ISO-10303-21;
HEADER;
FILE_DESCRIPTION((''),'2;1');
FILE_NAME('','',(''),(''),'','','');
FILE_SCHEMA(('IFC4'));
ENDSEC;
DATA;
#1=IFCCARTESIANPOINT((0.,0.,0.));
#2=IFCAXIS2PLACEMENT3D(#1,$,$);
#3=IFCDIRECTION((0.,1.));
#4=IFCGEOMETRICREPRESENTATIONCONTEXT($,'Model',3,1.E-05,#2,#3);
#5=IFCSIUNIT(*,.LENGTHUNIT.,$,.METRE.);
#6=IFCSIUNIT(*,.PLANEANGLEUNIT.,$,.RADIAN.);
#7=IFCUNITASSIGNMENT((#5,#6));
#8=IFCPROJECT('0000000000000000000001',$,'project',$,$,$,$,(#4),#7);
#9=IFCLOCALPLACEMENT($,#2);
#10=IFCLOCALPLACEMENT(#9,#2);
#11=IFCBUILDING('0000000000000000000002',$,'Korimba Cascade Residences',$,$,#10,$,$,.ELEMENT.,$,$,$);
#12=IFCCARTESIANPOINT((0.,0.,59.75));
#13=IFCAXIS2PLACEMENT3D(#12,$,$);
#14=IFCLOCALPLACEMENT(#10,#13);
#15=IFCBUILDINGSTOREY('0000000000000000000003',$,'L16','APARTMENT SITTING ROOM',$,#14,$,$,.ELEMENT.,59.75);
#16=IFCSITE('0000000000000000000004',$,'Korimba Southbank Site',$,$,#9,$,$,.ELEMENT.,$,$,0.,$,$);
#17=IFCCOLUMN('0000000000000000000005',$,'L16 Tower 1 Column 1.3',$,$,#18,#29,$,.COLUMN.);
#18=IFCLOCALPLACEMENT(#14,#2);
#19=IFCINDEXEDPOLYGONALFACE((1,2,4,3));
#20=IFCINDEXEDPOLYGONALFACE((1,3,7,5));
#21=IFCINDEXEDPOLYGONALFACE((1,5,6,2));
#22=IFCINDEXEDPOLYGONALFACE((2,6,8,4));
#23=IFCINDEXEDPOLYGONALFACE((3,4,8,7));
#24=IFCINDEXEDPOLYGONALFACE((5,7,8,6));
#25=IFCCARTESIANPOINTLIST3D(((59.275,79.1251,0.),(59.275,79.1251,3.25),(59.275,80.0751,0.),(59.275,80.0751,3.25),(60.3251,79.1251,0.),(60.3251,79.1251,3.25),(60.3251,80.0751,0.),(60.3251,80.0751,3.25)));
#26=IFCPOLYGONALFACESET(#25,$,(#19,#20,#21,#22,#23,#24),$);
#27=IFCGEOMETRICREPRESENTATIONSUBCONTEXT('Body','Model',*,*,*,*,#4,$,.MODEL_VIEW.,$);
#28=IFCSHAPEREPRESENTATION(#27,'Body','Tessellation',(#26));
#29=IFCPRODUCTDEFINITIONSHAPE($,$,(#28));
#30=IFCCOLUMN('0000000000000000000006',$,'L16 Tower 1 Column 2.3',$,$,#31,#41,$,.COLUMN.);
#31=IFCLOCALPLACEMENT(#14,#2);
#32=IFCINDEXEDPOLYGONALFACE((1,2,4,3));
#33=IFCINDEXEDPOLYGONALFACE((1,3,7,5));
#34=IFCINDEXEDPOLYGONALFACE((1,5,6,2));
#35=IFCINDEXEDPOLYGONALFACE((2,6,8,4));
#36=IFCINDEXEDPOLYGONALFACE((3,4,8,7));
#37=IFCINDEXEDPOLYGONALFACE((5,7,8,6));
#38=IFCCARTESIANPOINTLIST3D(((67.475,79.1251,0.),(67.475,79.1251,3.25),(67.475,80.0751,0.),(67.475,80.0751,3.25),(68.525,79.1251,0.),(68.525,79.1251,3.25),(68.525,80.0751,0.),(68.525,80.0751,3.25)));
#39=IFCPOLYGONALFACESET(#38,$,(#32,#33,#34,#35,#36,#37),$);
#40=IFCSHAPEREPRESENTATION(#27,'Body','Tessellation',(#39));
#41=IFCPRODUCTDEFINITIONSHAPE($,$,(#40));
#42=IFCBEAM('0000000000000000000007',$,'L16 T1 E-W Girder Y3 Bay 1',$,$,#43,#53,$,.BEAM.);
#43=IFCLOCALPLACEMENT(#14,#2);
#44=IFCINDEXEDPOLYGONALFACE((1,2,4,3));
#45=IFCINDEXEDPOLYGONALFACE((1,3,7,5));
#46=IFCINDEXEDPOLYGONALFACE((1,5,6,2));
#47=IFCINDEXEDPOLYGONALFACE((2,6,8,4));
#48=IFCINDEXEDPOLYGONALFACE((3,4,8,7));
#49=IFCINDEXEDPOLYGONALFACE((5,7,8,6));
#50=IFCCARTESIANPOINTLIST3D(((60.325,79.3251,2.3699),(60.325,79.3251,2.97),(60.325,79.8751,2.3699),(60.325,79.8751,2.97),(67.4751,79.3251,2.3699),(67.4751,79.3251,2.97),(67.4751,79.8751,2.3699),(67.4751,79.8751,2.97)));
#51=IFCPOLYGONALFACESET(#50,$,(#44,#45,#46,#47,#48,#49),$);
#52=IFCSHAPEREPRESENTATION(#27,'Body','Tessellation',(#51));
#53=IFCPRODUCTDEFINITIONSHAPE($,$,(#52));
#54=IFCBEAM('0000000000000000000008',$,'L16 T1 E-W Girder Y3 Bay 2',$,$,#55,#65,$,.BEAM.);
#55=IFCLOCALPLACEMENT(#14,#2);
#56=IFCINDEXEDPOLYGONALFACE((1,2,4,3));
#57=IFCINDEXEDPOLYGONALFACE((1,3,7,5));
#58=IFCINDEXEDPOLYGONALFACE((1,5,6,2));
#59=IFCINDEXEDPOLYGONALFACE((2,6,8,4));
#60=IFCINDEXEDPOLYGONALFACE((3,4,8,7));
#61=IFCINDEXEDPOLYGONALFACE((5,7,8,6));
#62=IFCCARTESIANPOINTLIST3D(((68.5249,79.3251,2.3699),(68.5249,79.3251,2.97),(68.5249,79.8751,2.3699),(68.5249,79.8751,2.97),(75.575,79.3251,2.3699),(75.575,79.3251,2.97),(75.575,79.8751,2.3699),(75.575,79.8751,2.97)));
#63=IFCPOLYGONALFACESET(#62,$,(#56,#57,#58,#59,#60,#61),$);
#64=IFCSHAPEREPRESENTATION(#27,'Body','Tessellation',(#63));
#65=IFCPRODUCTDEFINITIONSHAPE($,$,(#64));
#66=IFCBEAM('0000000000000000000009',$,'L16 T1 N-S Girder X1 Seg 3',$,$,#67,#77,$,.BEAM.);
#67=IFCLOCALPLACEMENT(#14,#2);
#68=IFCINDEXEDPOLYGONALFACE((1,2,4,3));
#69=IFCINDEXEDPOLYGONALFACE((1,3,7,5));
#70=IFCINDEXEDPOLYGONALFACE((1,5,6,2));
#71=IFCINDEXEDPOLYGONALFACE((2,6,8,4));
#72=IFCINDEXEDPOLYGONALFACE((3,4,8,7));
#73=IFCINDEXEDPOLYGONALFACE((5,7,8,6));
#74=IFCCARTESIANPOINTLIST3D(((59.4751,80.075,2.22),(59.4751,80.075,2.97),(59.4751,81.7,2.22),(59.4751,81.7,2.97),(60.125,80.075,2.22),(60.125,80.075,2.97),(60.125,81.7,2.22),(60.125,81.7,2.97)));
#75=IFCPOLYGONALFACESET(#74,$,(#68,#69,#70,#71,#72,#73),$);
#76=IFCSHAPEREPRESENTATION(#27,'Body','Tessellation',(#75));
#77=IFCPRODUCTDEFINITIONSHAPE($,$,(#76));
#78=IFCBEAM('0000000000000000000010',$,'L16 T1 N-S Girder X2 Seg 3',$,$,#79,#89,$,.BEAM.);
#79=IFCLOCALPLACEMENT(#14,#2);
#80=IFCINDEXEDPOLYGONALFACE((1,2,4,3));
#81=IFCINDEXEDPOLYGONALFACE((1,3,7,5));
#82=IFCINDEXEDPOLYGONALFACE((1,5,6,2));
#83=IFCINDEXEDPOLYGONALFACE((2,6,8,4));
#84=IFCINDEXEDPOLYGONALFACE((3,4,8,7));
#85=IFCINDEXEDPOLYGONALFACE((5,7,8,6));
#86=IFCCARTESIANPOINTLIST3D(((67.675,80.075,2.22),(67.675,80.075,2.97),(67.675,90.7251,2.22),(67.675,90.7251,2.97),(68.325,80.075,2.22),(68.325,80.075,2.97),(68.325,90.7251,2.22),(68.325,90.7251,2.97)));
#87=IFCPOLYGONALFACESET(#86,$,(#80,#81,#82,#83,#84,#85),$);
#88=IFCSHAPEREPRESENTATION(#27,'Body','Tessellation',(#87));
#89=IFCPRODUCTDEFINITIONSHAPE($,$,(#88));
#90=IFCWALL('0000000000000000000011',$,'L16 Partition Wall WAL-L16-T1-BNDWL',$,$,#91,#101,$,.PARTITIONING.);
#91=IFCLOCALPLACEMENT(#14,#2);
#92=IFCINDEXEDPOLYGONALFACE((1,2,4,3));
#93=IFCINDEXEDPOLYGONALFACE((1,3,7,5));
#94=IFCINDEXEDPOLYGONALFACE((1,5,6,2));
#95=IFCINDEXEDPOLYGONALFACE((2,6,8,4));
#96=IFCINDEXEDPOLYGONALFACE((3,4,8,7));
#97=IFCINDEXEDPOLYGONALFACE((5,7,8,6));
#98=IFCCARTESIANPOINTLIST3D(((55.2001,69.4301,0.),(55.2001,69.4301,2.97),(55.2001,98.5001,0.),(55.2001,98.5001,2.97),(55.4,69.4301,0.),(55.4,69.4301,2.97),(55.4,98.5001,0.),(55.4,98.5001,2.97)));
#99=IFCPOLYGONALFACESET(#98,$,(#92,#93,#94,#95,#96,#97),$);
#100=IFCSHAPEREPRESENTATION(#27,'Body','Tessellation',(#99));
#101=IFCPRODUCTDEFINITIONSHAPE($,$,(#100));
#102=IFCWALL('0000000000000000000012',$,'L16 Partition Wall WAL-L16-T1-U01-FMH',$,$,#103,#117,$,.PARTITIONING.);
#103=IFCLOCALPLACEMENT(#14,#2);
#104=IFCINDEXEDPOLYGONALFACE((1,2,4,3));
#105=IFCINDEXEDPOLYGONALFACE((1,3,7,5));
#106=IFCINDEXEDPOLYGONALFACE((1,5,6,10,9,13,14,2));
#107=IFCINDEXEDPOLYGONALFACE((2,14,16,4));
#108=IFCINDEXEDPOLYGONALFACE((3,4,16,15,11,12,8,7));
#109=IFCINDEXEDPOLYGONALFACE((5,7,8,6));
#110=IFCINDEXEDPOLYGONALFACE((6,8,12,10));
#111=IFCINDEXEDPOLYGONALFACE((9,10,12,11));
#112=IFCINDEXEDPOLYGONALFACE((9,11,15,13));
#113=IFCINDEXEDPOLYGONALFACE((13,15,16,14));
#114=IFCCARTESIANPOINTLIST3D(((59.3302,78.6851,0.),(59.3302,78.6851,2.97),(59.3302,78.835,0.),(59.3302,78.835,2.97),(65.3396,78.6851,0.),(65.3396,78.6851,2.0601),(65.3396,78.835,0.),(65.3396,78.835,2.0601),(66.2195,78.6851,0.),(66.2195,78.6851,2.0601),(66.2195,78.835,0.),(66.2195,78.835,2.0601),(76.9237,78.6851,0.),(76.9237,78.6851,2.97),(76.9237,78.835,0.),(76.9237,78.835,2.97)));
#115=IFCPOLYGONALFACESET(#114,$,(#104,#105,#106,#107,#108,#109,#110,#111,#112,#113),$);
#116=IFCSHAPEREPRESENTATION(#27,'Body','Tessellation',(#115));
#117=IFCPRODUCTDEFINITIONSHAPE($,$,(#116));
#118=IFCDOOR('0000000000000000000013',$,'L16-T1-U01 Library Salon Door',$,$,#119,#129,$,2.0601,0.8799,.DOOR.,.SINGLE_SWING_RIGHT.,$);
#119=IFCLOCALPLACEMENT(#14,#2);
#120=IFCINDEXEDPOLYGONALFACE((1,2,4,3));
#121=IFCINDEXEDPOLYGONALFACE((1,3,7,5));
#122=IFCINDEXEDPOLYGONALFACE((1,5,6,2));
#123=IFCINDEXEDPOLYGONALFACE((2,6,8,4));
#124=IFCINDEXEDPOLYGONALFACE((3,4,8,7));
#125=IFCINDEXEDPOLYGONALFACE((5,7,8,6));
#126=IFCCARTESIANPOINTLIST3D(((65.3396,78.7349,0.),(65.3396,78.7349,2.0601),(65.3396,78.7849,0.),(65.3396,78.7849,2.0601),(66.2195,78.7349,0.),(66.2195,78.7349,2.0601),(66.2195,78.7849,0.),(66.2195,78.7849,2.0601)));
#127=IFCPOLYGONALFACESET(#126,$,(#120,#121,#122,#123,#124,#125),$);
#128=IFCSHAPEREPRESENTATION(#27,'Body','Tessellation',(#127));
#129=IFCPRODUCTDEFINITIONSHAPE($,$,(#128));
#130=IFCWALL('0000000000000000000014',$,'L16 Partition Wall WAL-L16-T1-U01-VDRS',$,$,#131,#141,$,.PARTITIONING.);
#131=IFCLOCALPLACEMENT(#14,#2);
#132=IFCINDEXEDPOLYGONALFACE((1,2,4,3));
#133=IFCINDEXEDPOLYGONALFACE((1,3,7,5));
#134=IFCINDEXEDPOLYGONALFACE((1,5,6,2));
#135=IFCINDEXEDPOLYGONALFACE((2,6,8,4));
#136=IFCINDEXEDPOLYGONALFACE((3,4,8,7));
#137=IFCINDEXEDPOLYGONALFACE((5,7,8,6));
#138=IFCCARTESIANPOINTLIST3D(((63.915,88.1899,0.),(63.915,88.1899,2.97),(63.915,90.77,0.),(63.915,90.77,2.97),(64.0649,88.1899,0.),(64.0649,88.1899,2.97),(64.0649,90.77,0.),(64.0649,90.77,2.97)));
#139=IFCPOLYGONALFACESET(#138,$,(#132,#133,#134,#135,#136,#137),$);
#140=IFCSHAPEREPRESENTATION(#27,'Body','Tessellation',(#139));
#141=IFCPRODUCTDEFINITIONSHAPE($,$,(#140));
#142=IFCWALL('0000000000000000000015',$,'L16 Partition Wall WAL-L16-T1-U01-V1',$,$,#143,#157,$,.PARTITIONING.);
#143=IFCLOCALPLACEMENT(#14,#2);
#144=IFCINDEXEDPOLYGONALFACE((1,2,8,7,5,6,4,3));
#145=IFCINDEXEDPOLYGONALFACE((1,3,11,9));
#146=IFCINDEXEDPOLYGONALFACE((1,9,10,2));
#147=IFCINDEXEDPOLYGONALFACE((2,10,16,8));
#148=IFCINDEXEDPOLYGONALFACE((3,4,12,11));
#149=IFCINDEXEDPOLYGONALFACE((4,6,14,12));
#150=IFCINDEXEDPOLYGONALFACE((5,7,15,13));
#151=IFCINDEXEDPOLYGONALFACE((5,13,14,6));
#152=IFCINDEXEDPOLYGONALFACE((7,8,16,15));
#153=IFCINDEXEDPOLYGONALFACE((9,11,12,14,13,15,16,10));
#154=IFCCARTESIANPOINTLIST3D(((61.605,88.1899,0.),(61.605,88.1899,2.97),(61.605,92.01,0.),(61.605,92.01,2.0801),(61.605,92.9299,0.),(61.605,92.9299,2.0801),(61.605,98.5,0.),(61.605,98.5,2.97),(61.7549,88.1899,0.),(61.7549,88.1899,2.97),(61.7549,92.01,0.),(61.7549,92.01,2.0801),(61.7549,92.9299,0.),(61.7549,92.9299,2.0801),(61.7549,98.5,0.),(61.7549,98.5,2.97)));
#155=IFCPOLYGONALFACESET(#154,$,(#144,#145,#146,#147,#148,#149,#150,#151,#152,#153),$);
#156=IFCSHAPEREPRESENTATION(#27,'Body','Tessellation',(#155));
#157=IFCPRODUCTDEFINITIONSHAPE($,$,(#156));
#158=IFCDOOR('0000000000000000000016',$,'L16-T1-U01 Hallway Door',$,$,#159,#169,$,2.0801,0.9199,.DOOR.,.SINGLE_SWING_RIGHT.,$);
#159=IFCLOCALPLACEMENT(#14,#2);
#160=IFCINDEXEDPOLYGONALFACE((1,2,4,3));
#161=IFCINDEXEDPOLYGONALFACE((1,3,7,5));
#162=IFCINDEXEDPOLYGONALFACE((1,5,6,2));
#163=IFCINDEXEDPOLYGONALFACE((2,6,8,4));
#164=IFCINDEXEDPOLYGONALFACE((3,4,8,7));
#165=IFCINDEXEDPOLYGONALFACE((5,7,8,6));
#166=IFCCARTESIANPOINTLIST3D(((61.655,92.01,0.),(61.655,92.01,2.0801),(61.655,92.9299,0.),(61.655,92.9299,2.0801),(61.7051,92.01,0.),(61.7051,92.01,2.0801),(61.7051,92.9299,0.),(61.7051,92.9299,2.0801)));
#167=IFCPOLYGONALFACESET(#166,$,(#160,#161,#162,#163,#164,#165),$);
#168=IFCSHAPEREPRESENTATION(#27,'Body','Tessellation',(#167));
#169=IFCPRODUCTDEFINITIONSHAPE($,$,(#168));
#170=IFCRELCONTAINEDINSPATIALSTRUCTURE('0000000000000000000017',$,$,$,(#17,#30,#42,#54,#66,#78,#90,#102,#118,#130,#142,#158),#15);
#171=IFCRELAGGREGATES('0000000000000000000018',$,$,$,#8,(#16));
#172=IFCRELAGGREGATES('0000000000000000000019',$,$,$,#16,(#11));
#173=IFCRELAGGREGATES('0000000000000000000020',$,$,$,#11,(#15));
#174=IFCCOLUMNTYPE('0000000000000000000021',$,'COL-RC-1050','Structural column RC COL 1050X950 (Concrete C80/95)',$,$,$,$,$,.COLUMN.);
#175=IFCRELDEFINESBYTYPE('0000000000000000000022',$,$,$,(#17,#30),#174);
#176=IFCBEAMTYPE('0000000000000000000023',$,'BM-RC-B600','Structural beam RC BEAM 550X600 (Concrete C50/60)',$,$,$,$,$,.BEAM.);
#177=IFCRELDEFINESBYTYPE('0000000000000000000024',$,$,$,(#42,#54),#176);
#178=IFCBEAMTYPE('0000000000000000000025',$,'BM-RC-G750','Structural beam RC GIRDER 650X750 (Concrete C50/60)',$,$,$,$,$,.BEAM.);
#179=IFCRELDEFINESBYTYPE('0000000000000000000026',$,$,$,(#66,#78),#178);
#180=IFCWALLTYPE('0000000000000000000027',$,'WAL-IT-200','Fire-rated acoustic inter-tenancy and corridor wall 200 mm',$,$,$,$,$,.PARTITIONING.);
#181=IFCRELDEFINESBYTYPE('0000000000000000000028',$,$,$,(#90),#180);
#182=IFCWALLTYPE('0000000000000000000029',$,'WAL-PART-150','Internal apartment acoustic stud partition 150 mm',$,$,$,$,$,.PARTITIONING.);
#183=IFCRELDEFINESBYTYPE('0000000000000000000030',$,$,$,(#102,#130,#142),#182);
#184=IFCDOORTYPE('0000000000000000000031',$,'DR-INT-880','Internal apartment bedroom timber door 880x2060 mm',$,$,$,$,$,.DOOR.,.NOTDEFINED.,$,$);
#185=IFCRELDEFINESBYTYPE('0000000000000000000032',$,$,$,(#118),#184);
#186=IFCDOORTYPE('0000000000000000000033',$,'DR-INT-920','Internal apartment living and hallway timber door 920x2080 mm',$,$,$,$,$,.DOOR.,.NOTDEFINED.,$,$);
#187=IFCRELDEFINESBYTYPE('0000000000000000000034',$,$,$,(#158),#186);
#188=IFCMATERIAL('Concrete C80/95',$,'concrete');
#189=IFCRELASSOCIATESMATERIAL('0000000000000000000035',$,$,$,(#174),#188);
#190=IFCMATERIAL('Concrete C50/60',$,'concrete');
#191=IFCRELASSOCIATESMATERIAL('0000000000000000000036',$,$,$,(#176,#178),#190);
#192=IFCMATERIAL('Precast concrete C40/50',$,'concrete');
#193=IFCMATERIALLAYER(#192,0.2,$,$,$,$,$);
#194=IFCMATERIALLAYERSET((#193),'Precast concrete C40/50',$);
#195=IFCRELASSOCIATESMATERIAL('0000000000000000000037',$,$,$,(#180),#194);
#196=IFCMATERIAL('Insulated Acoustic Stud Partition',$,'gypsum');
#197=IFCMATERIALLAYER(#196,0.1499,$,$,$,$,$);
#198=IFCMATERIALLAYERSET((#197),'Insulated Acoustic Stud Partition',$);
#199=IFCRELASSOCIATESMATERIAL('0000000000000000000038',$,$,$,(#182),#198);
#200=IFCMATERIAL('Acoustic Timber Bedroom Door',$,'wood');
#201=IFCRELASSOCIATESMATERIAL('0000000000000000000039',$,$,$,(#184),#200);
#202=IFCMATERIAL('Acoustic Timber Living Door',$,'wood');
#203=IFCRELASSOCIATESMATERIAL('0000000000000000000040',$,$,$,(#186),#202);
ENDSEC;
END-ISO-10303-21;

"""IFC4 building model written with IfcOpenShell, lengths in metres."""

from ifc_helpers import new_model, si_unit, direction, frame, frame_2d, origin, origin_2d, place, context, subcontext, project, spatial, rectangle, extrude, material, layer, layer_set, material_profile, profile_set, type_object, element, fill, save


model = new_model("IFC4")

# Units and contexts
model_context = context("Model", 3, precision=1e-05, world=origin(), true_north=direction((0.0, 1.0)))
body_context = subcontext(model_context, "Body", "Model", "MODEL_VIEW")
ifc_project = project(units=[si_unit("LENGTHUNIT", "METRE"), si_unit("PLANEANGLEUNIT", "RADIAN")], contexts=[model_context])

# Site, building, storey
site_placement = place(None, origin())
site = spatial("IfcSite", under=ifc_project, at=site_placement, Name="Korimba Southbank Site", CompositionType="ELEMENT", RefElevation=0.0)
building_placement = place(site_placement, origin())
building = spatial("IfcBuilding", under=site, at=building_placement, Name="Korimba Cascade Residences", CompositionType="ELEMENT")
storey_placement = place(building_placement, frame((0.0, 0.0, 59.75)))
storey = spatial("IfcBuildingStorey", under=building, at=storey_placement, Name="L16", Description="APARTMENT SITTING ROOM", CompositionType="ELEMENT", Elevation=59.75)

# Columns
ifc_material_1 = material(Name="Concrete C80/95", Category="concrete")
ifc_material_profile_1 = material_profile(ifc_material_1, rectangle(XDim=1.05, YDim=0.95, at=origin_2d()), Name="Concrete C80/95")
ifc_profile_set_1 = profile_set([ifc_material_profile_1], Name="Concrete C80/95")
column_type = type_object("IfcColumnType", Name="COL-RC-1050", Description="Structural column RC COL 1050X950 (Concrete C80/95)", PredefinedType="COLUMN", material=ifc_profile_set_1)
for number, where, z_axis, x_axis, name in (
    (1, (59.8, 79.6001, 0.0), (0.0, 0.0, 1.0), (1.0, 0.0, 0.0), "L16 Tower 1 Column 1.3"),
    (2, (68.0, 79.6001, 0.0), (0.0, 0.0, 1.0), (1.0, 0.0, 0.0), "L16 Tower 1 Column 2.3"),
):
    element("IfcColumn", number, at=place(storey_placement, frame(where, z_axis=z_axis, x_axis=x_axis)), inside=storey, type_object=column_type, Name=name, PredefinedType="COLUMN", context=body_context, shape_type="SweptSolid", body=[
        extrude(rectangle(XDim=1.05, YDim=0.95, at=origin_2d()), origin(), (0.0, 0.0, 1.0), 3.25),
    ])

# Beams
ifc_material_2 = material(Name="Concrete C50/60", Category="concrete")
ifc_material_profile_2 = material_profile(ifc_material_2, rectangle(XDim=0.55, YDim=0.6001, at=origin_2d()), Name="Concrete C50/60")
ifc_profile_set_2 = profile_set([ifc_material_profile_2], Name="Concrete C50/60")
beam_type_1 = type_object("IfcBeamType", Name="BM-RC-B600", Description="Structural beam RC BEAM 550X600 (Concrete C50/60)", PredefinedType="BEAM", material=ifc_profile_set_2)
beam_1_placement = place(storey_placement, frame((60.325, 79.6001, 2.6699), z_axis=(1.0, 0.0, 0.0), x_axis=(0.0, 1.0, 0.0)))
element("IfcBeam", 3, at=beam_1_placement, inside=storey, type_object=beam_type_1, Name="L16 T1 E-W Girder Y3 Bay 1", PredefinedType="BEAM", context=body_context, shape_type="SweptSolid", body=[
    extrude(rectangle(XDim=0.55, YDim=0.6001, at=origin_2d()), origin(), (0.0, 0.0, 1.0), 7.1501),
])
beam_2_placement = place(storey_placement, frame((68.5249, 79.6001, 2.6699), z_axis=(1.0, 0.0, 0.0), x_axis=(0.0, 1.0, 0.0)))
element("IfcBeam", 4, at=beam_2_placement, inside=storey, type_object=beam_type_1, Name="L16 T1 E-W Girder Y3 Bay 2", PredefinedType="BEAM", context=body_context, shape_type="SweptSolid", body=[
    extrude(rectangle(XDim=0.55, YDim=0.6001, at=origin_2d()), origin(), (0.0, 0.0, 1.0), 7.05),
])
ifc_material_profile_3 = material_profile(ifc_material_2, rectangle(XDim=0.6499, YDim=0.75, at=origin_2d()), Name="Concrete C50/60")
ifc_profile_set_3 = profile_set([ifc_material_profile_3], Name="Concrete C50/60")
beam_type_2 = type_object("IfcBeamType", Name="BM-RC-G750", Description="Structural beam RC GIRDER 650X750 (Concrete C50/60)", PredefinedType="BEAM", material=ifc_profile_set_3)
beam_3_placement = place(storey_placement, frame((59.8, 80.075, 2.595), z_axis=(0.0, 1.0, 0.0), x_axis=(-1.0, 0.0, 0.0)))
element("IfcBeam", 5, at=beam_3_placement, inside=storey, type_object=beam_type_2, Name="L16 T1 N-S Girder X1 Seg 3", PredefinedType="BEAM", context=body_context, shape_type="SweptSolid", body=[
    extrude(rectangle(XDim=0.6499, YDim=0.75, at=origin_2d()), origin(), (0.0, 0.0, 1.0), 1.625),
])
beam_4_placement = place(storey_placement, frame((68.0, 80.075, 2.595), z_axis=(0.0, 1.0, 0.0), x_axis=(-1.0, 0.0, 0.0)))
element("IfcBeam", 6, at=beam_4_placement, inside=storey, type_object=beam_type_2, Name="L16 T1 N-S Girder X2 Seg 3", PredefinedType="BEAM", context=body_context, shape_type="SweptSolid", body=[
    extrude(rectangle(XDim=0.6499, YDim=0.75, at=origin_2d()), origin(), (0.0, 0.0, 1.0), 10.6501),
])

# Wall
ifc_material_3 = material(Name="Precast concrete C40/50", Category="concrete")
ifc_layer_1 = layer(ifc_material_3, 0.2)
ifc_layer_set_1 = layer_set([ifc_layer_1], Name="Precast concrete C40/50")
wall_type_1 = type_object("IfcWallType", Name="WAL-IT-200", Description="Fire-rated acoustic inter-tenancy and corridor wall 200 mm", PredefinedType="PARTITIONING", material=ifc_layer_set_1)
wall_1_placement = place(storey_placement, frame((55.3, 69.4299, 0.0), z_axis=(0.0, 0.0, 1.0), x_axis=(0.0, 1.0, 0.0)))
element("IfcWall", 7, at=wall_1_placement, inside=storey, type_object=wall_type_1, Name="L16 Partition Wall WAL-L16-T1-BNDWL", PredefinedType="PARTITIONING", context=body_context, shape_type="SweptSolid", body=[
    extrude(rectangle(XDim=29.0701, YDim=0.2, at=frame_2d((14.5352, 0.0))), origin(), (0.0, 0.0, 1.0), 2.97),
])

# Wall, opening, door
ifc_material_4 = material(Name="Insulated Acoustic Stud Partition", Category="gypsum")
ifc_layer_2 = layer(ifc_material_4, 0.1499)
ifc_layer_set_2 = layer_set([ifc_layer_2], Name="Insulated Acoustic Stud Partition")
wall_type_2 = type_object("IfcWallType", Name="WAL-PART-150", Description="Internal apartment acoustic stud partition 150 mm", PredefinedType="PARTITIONING", material=ifc_layer_set_2)
wall_2_placement = place(storey_placement, frame((59.3301, 78.76, 0.0), z_axis=(0.0, 0.0, 1.0), x_axis=(1.0, 0.0, 0.0)))
wall_2 = element("IfcWall", 8, at=wall_2_placement, inside=storey, type_object=wall_type_2, Name="L16 Partition Wall WAL-L16-T1-U01-FMH", PredefinedType="PARTITIONING", context=body_context, shape_type="SweptSolid", body=[
    extrude(rectangle(XDim=17.5935, YDim=0.1499, at=frame_2d((8.7969, 0.0))), origin(), (0.0, 0.0, 1.0), 2.97),
])
opening_1_placement = place(wall_2_placement, frame((6.0095, 0.0, 0.0)))
opening_1 = element("IfcOpeningElement", 9, at=opening_1_placement, cuts=wall_2, PredefinedType="OPENING", context=body_context, shape_type="SweptSolid", body=[
    extrude(rectangle(XDim=0.8799, YDim=2.0601, at=frame_2d((0.4399, 1.03))), frame((0.0, 0.085, 0.0), z_axis=(0.0, -1.0, 0.0), x_axis=(1.0, 0.0, 0.0)), (0.0, 0.0, 1.0), 0.1699),
])
ifc_material_5 = material(Name="Acoustic Timber Bedroom Door", Category="wood")
door_type_1 = type_object("IfcDoorType", Name="DR-INT-880", Description="Internal apartment bedroom timber door 880x2060 mm", OperationType="NOTDEFINED", PredefinedType="DOOR", material=ifc_material_5)
door_1_placement = place(opening_1_placement, origin())
door_1 = element("IfcDoor", 10, at=door_1_placement, inside=storey, type_object=door_type_1, Name="L16-T1-U01 Library Salon Door", OperationType="SINGLE_SWING_RIGHT", OverallHeight=2.0601, OverallWidth=0.8799, PredefinedType="DOOR", context=body_context, shape_type="SweptSolid", body=[
    extrude(rectangle(XDim=0.8799, YDim=2.0601, at=frame_2d((0.4399, 1.03))), frame((0.0, 0.0249, 0.0), z_axis=(0.0, -1.0, 0.0), x_axis=(1.0, 0.0, 0.0)), (0.0, 0.0, 1.0), 0.05),
])
fill(opening_1, door_1)

# Wall
wall_3_placement = place(storey_placement, frame((63.99, 88.1899, 0.0), z_axis=(0.0, 0.0, 1.0), x_axis=(0.0, 1.0, 0.0)))
element("IfcWall", 11, at=wall_3_placement, inside=storey, type_object=wall_type_2, Name="L16 Partition Wall WAL-L16-T1-U01-VDRS", PredefinedType="PARTITIONING", context=body_context, shape_type="SweptSolid", body=[
    extrude(rectangle(XDim=2.5801, YDim=0.1499, at=frame_2d((1.29, 0.0))), origin(), (0.0, 0.0, 1.0), 2.97),
])

# Wall, opening, door
wall_4_placement = place(storey_placement, frame((61.6799, 88.1899, 0.0), z_axis=(0.0, 0.0, 1.0), x_axis=(0.0, 1.0, 0.0)))
wall_4 = element("IfcWall", 12, at=wall_4_placement, inside=storey, type_object=wall_type_2, Name="L16 Partition Wall WAL-L16-T1-U01-V1", PredefinedType="PARTITIONING", context=body_context, shape_type="SweptSolid", body=[
    extrude(rectangle(XDim=10.3101, YDim=0.1499, at=frame_2d((5.155, 0.0))), origin(), (0.0, 0.0, 1.0), 2.97),
])
opening_2_placement = place(wall_4_placement, frame((3.8201, 0.0, 0.0)))
opening_2 = element("IfcOpeningElement", 13, at=opening_2_placement, cuts=wall_4, PredefinedType="OPENING", context=body_context, shape_type="SweptSolid", body=[
    extrude(rectangle(XDim=0.9199, YDim=2.0801, at=frame_2d((0.46, 1.04))), frame((0.0, 0.085, 0.0), z_axis=(0.0, -1.0, 0.0), x_axis=(1.0, 0.0, 0.0)), (0.0, 0.0, 1.0), 0.1699),
])
ifc_material_6 = material(Name="Acoustic Timber Living Door", Category="wood")
door_type_2 = type_object("IfcDoorType", Name="DR-INT-920", Description="Internal apartment living and hallway timber door 920x2080 mm", OperationType="NOTDEFINED", PredefinedType="DOOR", material=ifc_material_6)
door_2_placement = place(opening_2_placement, origin())
door_2 = element("IfcDoor", 14, at=door_2_placement, inside=storey, type_object=door_type_2, Name="L16-T1-U01 Hallway Door", OperationType="SINGLE_SWING_RIGHT", OverallHeight=2.0801, OverallWidth=0.9199, PredefinedType="DOOR", context=body_context, shape_type="SweptSolid", body=[
    extrude(rectangle(XDim=0.9199, YDim=2.0801, at=frame_2d((0.46, 1.04))), frame((0.0, 0.0249, 0.0), z_axis=(0.0, -1.0, 0.0), x_axis=(1.0, 0.0, 0.0)), (0.0, 0.0, 1.0), 0.05),
])
fill(opening_2, door_2)

save(model, "model.ifc")
